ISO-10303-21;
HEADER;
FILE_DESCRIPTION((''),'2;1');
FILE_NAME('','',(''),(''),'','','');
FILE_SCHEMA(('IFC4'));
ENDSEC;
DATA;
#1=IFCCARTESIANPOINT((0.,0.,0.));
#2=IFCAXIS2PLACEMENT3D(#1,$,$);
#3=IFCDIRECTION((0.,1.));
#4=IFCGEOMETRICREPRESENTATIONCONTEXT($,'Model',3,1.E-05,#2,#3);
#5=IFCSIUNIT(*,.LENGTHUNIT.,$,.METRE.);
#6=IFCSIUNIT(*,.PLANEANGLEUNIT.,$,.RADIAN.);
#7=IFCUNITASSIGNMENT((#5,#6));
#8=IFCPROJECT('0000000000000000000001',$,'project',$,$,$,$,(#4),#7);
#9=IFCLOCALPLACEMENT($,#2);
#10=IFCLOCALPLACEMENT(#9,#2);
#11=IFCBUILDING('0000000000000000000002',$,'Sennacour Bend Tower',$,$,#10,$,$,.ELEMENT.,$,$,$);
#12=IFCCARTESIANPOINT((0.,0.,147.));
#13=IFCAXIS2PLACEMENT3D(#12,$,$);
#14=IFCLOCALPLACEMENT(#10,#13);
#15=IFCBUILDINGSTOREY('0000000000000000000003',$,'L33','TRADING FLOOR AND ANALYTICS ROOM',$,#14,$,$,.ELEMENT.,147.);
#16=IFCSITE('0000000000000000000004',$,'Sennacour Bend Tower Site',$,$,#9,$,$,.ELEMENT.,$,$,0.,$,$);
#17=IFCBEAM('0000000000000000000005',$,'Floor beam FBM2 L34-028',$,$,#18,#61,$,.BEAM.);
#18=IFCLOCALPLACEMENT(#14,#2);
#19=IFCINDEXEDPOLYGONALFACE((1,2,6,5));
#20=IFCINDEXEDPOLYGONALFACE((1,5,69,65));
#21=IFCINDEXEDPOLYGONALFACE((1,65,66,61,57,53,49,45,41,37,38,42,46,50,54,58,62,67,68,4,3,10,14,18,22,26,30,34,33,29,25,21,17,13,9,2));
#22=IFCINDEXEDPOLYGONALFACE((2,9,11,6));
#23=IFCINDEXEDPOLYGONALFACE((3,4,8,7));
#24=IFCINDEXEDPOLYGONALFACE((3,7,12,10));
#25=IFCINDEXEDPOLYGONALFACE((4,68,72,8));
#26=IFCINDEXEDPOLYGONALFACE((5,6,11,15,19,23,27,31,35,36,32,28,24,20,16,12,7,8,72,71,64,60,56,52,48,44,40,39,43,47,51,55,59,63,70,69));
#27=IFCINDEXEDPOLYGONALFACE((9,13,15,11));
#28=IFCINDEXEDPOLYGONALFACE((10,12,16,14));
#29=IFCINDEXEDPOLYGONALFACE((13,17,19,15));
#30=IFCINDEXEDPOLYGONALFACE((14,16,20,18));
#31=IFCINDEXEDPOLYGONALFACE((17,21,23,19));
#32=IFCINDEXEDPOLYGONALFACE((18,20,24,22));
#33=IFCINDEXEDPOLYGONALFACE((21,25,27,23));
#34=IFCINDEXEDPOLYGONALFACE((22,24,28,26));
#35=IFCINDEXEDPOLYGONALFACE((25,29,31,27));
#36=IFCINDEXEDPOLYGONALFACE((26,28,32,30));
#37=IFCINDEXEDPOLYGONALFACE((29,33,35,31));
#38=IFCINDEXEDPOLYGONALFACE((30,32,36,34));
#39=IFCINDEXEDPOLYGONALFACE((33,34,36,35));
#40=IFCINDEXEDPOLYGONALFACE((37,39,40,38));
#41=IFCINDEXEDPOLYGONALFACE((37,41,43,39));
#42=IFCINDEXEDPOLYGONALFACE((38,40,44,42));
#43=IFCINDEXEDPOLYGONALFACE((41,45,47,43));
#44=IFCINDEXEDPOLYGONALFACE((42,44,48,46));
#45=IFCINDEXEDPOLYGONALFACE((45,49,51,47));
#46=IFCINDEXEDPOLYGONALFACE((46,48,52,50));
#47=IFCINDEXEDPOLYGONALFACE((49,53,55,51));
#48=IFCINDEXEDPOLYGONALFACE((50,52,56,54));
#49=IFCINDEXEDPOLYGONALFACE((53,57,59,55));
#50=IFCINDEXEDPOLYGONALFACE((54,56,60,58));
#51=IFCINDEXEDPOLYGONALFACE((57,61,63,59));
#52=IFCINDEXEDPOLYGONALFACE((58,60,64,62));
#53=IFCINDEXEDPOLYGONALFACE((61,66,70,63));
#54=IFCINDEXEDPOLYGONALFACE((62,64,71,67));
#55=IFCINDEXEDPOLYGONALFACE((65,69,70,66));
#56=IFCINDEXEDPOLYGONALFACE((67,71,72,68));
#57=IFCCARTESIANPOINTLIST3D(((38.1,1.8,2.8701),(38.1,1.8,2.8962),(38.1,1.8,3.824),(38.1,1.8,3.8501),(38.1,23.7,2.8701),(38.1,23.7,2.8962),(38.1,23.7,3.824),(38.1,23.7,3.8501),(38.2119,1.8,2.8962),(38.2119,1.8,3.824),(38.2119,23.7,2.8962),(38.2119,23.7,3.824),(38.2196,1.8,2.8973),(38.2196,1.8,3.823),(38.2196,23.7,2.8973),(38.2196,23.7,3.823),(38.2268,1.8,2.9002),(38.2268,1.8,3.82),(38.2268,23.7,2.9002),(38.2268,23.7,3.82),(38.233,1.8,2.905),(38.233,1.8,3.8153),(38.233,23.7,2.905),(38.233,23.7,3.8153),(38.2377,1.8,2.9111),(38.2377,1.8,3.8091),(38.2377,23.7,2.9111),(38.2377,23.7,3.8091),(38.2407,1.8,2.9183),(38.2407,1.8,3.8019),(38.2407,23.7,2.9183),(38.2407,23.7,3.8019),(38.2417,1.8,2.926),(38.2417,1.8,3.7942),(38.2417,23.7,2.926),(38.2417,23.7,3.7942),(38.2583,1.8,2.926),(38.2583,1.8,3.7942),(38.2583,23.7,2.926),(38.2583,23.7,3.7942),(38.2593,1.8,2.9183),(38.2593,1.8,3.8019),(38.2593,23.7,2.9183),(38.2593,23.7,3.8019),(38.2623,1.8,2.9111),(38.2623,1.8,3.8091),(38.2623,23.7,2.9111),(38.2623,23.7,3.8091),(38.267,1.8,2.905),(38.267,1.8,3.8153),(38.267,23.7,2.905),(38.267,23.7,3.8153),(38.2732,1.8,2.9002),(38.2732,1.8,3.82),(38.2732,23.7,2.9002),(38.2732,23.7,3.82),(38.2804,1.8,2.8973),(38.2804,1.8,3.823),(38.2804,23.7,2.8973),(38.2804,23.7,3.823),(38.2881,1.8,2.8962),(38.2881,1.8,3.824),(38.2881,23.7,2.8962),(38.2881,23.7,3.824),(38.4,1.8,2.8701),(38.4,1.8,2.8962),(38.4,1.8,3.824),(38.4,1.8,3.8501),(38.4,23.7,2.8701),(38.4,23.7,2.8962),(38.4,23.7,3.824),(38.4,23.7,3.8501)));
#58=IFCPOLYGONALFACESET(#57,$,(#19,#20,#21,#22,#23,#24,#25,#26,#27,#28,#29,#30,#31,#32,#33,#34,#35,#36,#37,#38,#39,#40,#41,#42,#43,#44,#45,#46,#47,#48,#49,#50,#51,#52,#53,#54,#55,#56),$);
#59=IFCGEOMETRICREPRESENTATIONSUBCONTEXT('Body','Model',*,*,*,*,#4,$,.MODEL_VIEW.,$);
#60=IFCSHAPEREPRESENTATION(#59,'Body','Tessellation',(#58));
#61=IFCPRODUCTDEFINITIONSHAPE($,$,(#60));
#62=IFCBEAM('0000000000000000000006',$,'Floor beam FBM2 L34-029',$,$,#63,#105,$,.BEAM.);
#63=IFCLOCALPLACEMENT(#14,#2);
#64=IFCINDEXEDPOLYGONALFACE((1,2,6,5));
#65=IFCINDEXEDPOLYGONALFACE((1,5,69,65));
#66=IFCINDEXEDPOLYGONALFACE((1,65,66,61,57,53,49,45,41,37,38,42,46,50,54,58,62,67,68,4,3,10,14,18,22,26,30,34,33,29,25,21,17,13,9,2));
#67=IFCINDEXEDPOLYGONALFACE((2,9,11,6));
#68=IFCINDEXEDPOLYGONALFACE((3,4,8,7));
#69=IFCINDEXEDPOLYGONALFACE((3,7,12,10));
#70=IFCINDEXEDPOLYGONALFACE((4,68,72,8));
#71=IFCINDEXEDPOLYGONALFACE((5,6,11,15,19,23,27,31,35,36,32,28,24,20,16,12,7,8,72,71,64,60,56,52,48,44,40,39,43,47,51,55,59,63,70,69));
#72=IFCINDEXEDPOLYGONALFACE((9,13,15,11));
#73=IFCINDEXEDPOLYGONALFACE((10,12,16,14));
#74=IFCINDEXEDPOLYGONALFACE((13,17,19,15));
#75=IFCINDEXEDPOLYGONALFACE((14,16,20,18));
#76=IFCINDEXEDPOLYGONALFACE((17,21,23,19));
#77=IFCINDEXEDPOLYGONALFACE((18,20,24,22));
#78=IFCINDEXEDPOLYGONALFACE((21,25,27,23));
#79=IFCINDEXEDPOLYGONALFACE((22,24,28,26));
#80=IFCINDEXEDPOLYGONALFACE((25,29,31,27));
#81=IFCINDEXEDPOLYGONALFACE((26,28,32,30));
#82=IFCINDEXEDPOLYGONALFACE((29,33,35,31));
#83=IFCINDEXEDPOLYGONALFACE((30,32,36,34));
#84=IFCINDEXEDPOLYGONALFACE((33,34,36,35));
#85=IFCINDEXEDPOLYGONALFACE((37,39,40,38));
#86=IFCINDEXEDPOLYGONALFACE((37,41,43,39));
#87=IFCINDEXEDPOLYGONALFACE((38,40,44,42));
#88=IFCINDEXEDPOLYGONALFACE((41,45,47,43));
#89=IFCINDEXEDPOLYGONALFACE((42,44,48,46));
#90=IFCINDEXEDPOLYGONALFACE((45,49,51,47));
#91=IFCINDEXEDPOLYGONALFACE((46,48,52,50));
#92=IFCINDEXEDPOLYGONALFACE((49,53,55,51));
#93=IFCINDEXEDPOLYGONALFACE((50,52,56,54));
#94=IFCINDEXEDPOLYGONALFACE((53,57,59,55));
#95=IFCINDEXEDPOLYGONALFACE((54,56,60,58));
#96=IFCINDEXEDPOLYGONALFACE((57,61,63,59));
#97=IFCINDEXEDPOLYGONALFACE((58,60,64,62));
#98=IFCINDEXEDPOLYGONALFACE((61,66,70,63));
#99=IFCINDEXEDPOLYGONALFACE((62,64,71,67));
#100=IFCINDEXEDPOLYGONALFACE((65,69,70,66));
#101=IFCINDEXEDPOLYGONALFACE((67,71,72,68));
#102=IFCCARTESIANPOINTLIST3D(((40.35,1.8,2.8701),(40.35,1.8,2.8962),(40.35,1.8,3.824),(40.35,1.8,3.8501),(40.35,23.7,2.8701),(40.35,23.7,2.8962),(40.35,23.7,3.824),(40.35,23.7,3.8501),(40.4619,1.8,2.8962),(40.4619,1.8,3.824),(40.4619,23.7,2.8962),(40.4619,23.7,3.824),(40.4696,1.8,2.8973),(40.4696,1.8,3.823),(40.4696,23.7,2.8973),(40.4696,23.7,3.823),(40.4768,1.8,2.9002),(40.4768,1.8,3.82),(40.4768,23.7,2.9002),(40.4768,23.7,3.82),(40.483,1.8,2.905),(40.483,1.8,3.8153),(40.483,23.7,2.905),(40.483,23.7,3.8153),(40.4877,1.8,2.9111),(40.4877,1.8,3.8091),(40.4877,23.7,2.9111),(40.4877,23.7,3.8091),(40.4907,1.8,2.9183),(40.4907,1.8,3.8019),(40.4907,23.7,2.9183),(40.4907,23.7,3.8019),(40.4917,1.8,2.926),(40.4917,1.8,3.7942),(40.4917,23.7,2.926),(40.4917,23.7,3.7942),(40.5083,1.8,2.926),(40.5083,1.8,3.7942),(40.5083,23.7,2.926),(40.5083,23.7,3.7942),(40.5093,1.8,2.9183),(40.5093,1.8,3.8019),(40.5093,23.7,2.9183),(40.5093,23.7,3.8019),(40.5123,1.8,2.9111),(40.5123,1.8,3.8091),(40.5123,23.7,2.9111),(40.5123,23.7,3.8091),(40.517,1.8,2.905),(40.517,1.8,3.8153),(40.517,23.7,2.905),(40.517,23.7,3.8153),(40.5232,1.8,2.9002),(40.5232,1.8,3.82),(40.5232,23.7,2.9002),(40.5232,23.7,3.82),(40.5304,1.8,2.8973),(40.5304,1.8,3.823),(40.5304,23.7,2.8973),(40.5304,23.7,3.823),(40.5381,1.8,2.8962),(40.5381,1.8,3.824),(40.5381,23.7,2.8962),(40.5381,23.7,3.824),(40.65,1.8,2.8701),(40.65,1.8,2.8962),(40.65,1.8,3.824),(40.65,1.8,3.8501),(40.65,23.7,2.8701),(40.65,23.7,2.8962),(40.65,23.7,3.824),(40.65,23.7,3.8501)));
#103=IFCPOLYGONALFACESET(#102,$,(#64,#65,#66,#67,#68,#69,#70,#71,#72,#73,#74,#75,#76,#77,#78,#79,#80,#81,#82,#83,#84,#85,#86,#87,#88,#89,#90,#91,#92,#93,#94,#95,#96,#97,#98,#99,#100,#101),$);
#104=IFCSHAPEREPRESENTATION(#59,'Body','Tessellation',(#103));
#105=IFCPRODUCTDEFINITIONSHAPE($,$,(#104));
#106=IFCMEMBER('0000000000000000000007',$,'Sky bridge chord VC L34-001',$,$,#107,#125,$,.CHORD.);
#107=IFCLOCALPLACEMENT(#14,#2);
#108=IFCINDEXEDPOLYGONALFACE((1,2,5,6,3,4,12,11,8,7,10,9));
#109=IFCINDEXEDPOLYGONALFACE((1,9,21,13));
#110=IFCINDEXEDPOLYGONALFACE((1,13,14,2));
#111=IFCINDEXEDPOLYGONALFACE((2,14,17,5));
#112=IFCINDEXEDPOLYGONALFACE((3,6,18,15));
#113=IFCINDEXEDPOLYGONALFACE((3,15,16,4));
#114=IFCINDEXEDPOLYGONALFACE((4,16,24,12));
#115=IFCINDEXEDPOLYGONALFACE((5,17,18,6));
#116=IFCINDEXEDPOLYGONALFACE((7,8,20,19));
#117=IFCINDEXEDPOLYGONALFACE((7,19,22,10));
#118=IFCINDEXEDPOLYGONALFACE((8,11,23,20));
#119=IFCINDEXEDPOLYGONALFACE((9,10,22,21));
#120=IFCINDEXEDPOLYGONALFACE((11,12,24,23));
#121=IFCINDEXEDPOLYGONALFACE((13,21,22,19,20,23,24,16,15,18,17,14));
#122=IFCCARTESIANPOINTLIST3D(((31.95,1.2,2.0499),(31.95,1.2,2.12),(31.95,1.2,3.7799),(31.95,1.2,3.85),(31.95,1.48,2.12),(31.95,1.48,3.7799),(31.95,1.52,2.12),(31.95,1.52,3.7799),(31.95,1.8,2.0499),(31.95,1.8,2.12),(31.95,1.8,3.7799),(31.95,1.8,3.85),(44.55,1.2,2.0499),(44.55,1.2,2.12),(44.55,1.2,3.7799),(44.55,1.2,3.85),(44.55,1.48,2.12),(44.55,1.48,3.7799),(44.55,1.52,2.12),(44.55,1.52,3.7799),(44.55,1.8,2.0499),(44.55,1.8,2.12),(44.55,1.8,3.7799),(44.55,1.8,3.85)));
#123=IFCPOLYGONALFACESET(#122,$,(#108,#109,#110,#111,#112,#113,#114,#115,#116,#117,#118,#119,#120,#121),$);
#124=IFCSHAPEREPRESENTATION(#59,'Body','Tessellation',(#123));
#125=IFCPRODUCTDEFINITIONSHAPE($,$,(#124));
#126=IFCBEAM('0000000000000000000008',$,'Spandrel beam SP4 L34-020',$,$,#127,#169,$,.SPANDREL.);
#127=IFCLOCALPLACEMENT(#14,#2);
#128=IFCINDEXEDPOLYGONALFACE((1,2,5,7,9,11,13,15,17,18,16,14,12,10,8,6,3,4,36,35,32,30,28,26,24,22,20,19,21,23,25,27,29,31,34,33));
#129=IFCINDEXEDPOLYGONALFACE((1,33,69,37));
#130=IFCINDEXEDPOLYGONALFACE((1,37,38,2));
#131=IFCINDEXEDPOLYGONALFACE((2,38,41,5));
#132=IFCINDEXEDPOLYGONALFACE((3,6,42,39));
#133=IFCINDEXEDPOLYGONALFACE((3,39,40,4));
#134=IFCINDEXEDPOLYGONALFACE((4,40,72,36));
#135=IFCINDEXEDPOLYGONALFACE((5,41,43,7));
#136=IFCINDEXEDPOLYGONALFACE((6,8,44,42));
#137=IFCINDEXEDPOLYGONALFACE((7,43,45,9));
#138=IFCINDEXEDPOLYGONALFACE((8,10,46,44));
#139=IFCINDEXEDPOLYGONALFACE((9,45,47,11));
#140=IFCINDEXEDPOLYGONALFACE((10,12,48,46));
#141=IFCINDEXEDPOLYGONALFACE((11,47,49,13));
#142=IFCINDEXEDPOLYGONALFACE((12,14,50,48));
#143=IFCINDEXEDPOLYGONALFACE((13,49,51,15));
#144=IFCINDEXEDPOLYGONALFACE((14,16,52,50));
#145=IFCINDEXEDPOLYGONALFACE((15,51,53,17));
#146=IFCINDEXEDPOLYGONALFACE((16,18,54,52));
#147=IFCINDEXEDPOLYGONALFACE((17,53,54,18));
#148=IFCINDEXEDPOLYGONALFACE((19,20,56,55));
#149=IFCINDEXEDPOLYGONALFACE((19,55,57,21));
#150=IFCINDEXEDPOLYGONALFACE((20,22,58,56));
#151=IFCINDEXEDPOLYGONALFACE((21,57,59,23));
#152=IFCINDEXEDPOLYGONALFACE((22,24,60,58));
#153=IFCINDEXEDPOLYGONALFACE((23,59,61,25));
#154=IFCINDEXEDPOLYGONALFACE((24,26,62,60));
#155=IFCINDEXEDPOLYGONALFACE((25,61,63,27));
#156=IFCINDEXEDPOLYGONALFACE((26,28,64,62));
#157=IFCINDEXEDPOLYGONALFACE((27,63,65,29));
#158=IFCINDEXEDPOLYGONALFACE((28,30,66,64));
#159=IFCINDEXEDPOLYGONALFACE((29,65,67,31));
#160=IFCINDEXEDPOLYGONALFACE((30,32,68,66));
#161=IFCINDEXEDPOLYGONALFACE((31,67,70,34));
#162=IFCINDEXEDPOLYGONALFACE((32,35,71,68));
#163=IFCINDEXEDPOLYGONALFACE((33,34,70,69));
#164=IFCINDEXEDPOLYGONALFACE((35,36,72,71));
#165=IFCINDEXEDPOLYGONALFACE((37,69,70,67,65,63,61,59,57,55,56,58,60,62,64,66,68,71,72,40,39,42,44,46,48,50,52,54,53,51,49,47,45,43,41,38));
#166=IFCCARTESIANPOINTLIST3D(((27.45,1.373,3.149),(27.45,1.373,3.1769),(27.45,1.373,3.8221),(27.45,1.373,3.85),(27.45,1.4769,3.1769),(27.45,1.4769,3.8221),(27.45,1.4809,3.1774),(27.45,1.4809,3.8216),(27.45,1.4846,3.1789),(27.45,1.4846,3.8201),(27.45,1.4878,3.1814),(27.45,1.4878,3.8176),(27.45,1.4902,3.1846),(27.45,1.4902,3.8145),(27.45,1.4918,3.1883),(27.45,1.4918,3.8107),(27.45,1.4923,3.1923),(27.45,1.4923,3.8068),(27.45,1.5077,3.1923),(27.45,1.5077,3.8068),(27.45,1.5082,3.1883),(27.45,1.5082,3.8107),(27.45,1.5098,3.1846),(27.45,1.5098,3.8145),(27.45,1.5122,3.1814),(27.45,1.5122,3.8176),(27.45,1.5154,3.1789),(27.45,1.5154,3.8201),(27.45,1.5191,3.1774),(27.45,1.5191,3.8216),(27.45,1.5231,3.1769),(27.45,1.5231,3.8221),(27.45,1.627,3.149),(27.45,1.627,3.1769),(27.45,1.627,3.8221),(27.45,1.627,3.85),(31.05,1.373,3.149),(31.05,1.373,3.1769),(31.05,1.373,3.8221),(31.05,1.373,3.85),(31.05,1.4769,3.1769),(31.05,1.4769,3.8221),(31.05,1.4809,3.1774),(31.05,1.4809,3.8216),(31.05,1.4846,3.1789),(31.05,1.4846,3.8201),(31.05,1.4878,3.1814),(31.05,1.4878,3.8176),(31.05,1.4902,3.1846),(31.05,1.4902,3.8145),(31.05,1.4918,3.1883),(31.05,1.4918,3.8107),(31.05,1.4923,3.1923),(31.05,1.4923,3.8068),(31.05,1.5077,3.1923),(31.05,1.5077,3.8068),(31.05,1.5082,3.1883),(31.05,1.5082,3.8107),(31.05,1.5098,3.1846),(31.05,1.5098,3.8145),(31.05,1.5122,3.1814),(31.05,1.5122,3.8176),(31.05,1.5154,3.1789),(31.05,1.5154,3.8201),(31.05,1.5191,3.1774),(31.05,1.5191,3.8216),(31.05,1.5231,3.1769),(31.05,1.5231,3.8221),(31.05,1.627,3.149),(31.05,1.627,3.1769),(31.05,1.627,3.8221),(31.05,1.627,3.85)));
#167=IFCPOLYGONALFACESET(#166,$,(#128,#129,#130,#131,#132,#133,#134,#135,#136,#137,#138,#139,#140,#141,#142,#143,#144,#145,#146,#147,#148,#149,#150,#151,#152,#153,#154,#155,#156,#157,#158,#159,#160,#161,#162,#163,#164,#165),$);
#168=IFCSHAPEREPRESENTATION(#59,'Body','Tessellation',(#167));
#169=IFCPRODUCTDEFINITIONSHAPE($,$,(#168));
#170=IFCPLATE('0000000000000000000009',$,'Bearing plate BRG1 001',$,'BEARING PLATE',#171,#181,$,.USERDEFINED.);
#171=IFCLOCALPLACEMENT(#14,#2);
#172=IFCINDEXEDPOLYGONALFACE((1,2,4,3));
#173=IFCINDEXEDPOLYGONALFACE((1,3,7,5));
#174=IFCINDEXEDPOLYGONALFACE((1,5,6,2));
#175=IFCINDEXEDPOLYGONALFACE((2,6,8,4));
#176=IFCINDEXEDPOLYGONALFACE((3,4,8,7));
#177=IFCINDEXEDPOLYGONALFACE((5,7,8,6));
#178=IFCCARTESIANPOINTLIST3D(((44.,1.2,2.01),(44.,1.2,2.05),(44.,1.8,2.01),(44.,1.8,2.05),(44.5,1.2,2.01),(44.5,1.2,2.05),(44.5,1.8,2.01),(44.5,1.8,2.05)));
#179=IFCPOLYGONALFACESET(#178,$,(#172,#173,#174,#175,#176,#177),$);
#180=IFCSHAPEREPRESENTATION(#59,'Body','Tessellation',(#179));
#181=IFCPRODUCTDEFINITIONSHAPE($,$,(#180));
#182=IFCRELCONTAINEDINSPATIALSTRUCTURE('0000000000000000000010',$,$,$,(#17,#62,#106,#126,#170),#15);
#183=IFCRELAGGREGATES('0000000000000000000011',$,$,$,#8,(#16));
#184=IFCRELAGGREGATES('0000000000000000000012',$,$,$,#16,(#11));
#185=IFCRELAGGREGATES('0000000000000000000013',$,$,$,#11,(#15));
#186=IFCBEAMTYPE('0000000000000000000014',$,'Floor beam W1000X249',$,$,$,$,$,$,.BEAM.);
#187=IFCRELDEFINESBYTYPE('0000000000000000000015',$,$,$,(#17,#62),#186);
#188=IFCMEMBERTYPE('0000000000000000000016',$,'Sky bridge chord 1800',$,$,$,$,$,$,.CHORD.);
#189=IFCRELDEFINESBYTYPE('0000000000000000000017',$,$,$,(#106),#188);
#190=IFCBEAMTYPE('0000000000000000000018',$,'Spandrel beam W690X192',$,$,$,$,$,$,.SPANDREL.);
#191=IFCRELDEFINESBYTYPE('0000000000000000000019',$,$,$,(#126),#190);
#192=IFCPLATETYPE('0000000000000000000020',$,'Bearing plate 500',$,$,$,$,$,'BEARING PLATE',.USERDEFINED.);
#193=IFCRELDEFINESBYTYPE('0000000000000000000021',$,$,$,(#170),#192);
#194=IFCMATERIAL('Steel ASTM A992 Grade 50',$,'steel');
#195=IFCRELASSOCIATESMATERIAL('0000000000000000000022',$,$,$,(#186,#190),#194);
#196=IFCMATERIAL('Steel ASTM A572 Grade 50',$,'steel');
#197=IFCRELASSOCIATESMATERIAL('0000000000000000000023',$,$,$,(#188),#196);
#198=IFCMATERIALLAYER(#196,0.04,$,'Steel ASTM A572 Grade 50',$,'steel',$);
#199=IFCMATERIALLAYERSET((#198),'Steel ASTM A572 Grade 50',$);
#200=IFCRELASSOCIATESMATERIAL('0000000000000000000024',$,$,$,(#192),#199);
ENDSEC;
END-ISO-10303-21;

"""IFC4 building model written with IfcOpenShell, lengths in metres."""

from ifc_helpers import new_model, si_unit, direction, frame, origin, origin_2d, place, context, subcontext, project, spatial, rectangle, i_section, extrude, material, layer, layer_set, material_profile, profile_set, type_object, element, save


model = new_model("IFC4")

# Units and contexts
model_context = context("Model", 3, precision=1e-05, world=origin(), true_north=direction((0.0, 1.0)))
body_context = subcontext(model_context, "Body", "Model", "MODEL_VIEW")
ifc_project = project(units=[si_unit("LENGTHUNIT", "METRE"), si_unit("PLANEANGLEUNIT", "RADIAN")], contexts=[model_context])

# Site, building, storey
site_placement = place(None, origin())
site = spatial("IfcSite", under=ifc_project, at=site_placement, Name="Sennacour Bend Tower Site", CompositionType="ELEMENT", RefElevation=0.0)
building_placement = place(site_placement, origin())
building = spatial("IfcBuilding", under=site, at=building_placement, Name="Sennacour Bend Tower", CompositionType="ELEMENT")
storey_placement = place(building_placement, frame((0.0, 0.0, 147.0)))
storey = spatial("IfcBuildingStorey", under=building, at=storey_placement, Name="L33", Description="TRADING FLOOR AND ANALYTICS ROOM", CompositionType="ELEMENT", Elevation=147.0)

# Shared definitions
ifc_material_1 = material(Name="Steel ASTM A572 Grade 50", Category="steel")

# Beams
ifc_material_2 = material(Name="Steel ASTM A992 Grade 50", Category="steel")
ifc_material_profile_1 = material_profile(ifc_material_2, i_section(OverallWidth=0.3, OverallDepth=0.98, WebThickness=0.0166, FlangeThickness=0.0261, FilletRadius=0.0298, at=origin_2d()), Name="Steel ASTM A992 Grade 50", Category="steel")
ifc_profile_set_1 = profile_set([ifc_material_profile_1], Name="Steel ASTM A992 Grade 50")
beam_type_1 = type_object("IfcBeamType", Name="Floor beam W1000X249", PredefinedType="BEAM", material=ifc_profile_set_1)
for number, where, z_axis, x_axis, name in (
    (1, (38.25, 1.8, 3.3601), (0.0, 1.0, 0.0), (-1.0, 0.0, 0.0), "Floor beam FBM2 L34-028"),
    (2, (40.5, 1.8, 3.3601), (0.0, 1.0, 0.0), (-1.0, 0.0, 0.0), "Floor beam FBM2 L34-029"),
):
    element("IfcBeam", number, at=place(storey_placement, frame(where, z_axis=z_axis, x_axis=x_axis)), inside=storey, type_object=beam_type_1, Name=name, PredefinedType="BEAM", context=body_context, shape_type="SweptSolid", body=[
        extrude(i_section(OverallWidth=0.3, OverallDepth=0.98, WebThickness=0.0166, FlangeThickness=0.0261, FilletRadius=0.0298, at=origin_2d()), origin(), (0.0, 0.0, 1.0), 21.8999),
    ])

# Member
ifc_material_profile_2 = material_profile(ifc_material_1, i_section(OverallWidth=0.6001, OverallDepth=1.8, WebThickness=0.04, FlangeThickness=0.0701, at=origin_2d()), Name="Steel ASTM A572 Grade 50", Category="steel")
ifc_profile_set_2 = profile_set([ifc_material_profile_2], Name="Steel ASTM A572 Grade 50")
member_type = type_object("IfcMemberType", Name="Sky bridge chord 1800", PredefinedType="CHORD", material=ifc_profile_set_2)
member_placement = place(storey_placement, frame((31.95, 1.5, 2.95), z_axis=(1.0, 0.0, 0.0), x_axis=(0.0, 1.0, 0.0)))
element("IfcMember", 3, at=member_placement, inside=storey, type_object=member_type, Name="Sky bridge chord VC L34-001", PredefinedType="CHORD", context=body_context, shape_type="SweptSolid", body=[
    extrude(i_section(OverallWidth=0.6001, OverallDepth=1.8, WebThickness=0.04, FlangeThickness=0.0701, at=origin_2d()), origin(), (0.0, 0.0, 1.0), 12.6001),
])

# Beam
ifc_material_profile_3 = material_profile(ifc_material_2, i_section(OverallWidth=0.2539, OverallDepth=0.7009, WebThickness=0.0154, FlangeThickness=0.0278, FilletRadius=0.0154, at=origin_2d()), Name="Steel ASTM A992 Grade 50", Category="steel")
ifc_profile_set_3 = profile_set([ifc_material_profile_3], Name="Steel ASTM A992 Grade 50")
beam_type_2 = type_object("IfcBeamType", Name="Spandrel beam W690X192", PredefinedType="SPANDREL", material=ifc_profile_set_3)
beam_1_placement = place(storey_placement, frame((31.05, 1.5, 3.4995), z_axis=(-1.0, 0.0, 0.0), x_axis=(0.0, -1.0, 0.0)))
element("IfcBeam", 4, at=beam_1_placement, inside=storey, type_object=beam_type_2, Name="Spandrel beam SP4 L34-020", PredefinedType="SPANDREL", context=body_context, shape_type="SweptSolid", body=[
    extrude(i_section(OverallWidth=0.2539, OverallDepth=0.7009, WebThickness=0.0154, FlangeThickness=0.0278, FilletRadius=0.0154, at=origin_2d()), origin(), (0.0, 0.0, 1.0), 3.6001),
])

# Plate
ifc_layer = layer(ifc_material_1, 0.04, Name="Steel ASTM A572 Grade 50", Category="steel")
ifc_layer_set = layer_set([ifc_layer], Name="Steel ASTM A572 Grade 50")
plate_type = type_object("IfcPlateType", Name="Bearing plate 500", ElementType="BEARING PLATE", PredefinedType="USERDEFINED", material=ifc_layer_set)
plate_placement = place(storey_placement, frame((44.25, 1.5, 2.01), z_axis=(0.0, 0.0, 1.0), x_axis=(1.0, 0.0, 0.0)))
element("IfcPlate", 5, at=plate_placement, inside=storey, type_object=plate_type, Name="Bearing plate BRG1 001", ObjectType="BEARING PLATE", PredefinedType="USERDEFINED", context=body_context, shape_type="SweptSolid", body=[
    extrude(rectangle(XDim=0.5, YDim=0.6001, at=origin_2d()), origin(), (0.0, 0.0, 1.0), 0.04),
])

save(model, "model.ifc")
